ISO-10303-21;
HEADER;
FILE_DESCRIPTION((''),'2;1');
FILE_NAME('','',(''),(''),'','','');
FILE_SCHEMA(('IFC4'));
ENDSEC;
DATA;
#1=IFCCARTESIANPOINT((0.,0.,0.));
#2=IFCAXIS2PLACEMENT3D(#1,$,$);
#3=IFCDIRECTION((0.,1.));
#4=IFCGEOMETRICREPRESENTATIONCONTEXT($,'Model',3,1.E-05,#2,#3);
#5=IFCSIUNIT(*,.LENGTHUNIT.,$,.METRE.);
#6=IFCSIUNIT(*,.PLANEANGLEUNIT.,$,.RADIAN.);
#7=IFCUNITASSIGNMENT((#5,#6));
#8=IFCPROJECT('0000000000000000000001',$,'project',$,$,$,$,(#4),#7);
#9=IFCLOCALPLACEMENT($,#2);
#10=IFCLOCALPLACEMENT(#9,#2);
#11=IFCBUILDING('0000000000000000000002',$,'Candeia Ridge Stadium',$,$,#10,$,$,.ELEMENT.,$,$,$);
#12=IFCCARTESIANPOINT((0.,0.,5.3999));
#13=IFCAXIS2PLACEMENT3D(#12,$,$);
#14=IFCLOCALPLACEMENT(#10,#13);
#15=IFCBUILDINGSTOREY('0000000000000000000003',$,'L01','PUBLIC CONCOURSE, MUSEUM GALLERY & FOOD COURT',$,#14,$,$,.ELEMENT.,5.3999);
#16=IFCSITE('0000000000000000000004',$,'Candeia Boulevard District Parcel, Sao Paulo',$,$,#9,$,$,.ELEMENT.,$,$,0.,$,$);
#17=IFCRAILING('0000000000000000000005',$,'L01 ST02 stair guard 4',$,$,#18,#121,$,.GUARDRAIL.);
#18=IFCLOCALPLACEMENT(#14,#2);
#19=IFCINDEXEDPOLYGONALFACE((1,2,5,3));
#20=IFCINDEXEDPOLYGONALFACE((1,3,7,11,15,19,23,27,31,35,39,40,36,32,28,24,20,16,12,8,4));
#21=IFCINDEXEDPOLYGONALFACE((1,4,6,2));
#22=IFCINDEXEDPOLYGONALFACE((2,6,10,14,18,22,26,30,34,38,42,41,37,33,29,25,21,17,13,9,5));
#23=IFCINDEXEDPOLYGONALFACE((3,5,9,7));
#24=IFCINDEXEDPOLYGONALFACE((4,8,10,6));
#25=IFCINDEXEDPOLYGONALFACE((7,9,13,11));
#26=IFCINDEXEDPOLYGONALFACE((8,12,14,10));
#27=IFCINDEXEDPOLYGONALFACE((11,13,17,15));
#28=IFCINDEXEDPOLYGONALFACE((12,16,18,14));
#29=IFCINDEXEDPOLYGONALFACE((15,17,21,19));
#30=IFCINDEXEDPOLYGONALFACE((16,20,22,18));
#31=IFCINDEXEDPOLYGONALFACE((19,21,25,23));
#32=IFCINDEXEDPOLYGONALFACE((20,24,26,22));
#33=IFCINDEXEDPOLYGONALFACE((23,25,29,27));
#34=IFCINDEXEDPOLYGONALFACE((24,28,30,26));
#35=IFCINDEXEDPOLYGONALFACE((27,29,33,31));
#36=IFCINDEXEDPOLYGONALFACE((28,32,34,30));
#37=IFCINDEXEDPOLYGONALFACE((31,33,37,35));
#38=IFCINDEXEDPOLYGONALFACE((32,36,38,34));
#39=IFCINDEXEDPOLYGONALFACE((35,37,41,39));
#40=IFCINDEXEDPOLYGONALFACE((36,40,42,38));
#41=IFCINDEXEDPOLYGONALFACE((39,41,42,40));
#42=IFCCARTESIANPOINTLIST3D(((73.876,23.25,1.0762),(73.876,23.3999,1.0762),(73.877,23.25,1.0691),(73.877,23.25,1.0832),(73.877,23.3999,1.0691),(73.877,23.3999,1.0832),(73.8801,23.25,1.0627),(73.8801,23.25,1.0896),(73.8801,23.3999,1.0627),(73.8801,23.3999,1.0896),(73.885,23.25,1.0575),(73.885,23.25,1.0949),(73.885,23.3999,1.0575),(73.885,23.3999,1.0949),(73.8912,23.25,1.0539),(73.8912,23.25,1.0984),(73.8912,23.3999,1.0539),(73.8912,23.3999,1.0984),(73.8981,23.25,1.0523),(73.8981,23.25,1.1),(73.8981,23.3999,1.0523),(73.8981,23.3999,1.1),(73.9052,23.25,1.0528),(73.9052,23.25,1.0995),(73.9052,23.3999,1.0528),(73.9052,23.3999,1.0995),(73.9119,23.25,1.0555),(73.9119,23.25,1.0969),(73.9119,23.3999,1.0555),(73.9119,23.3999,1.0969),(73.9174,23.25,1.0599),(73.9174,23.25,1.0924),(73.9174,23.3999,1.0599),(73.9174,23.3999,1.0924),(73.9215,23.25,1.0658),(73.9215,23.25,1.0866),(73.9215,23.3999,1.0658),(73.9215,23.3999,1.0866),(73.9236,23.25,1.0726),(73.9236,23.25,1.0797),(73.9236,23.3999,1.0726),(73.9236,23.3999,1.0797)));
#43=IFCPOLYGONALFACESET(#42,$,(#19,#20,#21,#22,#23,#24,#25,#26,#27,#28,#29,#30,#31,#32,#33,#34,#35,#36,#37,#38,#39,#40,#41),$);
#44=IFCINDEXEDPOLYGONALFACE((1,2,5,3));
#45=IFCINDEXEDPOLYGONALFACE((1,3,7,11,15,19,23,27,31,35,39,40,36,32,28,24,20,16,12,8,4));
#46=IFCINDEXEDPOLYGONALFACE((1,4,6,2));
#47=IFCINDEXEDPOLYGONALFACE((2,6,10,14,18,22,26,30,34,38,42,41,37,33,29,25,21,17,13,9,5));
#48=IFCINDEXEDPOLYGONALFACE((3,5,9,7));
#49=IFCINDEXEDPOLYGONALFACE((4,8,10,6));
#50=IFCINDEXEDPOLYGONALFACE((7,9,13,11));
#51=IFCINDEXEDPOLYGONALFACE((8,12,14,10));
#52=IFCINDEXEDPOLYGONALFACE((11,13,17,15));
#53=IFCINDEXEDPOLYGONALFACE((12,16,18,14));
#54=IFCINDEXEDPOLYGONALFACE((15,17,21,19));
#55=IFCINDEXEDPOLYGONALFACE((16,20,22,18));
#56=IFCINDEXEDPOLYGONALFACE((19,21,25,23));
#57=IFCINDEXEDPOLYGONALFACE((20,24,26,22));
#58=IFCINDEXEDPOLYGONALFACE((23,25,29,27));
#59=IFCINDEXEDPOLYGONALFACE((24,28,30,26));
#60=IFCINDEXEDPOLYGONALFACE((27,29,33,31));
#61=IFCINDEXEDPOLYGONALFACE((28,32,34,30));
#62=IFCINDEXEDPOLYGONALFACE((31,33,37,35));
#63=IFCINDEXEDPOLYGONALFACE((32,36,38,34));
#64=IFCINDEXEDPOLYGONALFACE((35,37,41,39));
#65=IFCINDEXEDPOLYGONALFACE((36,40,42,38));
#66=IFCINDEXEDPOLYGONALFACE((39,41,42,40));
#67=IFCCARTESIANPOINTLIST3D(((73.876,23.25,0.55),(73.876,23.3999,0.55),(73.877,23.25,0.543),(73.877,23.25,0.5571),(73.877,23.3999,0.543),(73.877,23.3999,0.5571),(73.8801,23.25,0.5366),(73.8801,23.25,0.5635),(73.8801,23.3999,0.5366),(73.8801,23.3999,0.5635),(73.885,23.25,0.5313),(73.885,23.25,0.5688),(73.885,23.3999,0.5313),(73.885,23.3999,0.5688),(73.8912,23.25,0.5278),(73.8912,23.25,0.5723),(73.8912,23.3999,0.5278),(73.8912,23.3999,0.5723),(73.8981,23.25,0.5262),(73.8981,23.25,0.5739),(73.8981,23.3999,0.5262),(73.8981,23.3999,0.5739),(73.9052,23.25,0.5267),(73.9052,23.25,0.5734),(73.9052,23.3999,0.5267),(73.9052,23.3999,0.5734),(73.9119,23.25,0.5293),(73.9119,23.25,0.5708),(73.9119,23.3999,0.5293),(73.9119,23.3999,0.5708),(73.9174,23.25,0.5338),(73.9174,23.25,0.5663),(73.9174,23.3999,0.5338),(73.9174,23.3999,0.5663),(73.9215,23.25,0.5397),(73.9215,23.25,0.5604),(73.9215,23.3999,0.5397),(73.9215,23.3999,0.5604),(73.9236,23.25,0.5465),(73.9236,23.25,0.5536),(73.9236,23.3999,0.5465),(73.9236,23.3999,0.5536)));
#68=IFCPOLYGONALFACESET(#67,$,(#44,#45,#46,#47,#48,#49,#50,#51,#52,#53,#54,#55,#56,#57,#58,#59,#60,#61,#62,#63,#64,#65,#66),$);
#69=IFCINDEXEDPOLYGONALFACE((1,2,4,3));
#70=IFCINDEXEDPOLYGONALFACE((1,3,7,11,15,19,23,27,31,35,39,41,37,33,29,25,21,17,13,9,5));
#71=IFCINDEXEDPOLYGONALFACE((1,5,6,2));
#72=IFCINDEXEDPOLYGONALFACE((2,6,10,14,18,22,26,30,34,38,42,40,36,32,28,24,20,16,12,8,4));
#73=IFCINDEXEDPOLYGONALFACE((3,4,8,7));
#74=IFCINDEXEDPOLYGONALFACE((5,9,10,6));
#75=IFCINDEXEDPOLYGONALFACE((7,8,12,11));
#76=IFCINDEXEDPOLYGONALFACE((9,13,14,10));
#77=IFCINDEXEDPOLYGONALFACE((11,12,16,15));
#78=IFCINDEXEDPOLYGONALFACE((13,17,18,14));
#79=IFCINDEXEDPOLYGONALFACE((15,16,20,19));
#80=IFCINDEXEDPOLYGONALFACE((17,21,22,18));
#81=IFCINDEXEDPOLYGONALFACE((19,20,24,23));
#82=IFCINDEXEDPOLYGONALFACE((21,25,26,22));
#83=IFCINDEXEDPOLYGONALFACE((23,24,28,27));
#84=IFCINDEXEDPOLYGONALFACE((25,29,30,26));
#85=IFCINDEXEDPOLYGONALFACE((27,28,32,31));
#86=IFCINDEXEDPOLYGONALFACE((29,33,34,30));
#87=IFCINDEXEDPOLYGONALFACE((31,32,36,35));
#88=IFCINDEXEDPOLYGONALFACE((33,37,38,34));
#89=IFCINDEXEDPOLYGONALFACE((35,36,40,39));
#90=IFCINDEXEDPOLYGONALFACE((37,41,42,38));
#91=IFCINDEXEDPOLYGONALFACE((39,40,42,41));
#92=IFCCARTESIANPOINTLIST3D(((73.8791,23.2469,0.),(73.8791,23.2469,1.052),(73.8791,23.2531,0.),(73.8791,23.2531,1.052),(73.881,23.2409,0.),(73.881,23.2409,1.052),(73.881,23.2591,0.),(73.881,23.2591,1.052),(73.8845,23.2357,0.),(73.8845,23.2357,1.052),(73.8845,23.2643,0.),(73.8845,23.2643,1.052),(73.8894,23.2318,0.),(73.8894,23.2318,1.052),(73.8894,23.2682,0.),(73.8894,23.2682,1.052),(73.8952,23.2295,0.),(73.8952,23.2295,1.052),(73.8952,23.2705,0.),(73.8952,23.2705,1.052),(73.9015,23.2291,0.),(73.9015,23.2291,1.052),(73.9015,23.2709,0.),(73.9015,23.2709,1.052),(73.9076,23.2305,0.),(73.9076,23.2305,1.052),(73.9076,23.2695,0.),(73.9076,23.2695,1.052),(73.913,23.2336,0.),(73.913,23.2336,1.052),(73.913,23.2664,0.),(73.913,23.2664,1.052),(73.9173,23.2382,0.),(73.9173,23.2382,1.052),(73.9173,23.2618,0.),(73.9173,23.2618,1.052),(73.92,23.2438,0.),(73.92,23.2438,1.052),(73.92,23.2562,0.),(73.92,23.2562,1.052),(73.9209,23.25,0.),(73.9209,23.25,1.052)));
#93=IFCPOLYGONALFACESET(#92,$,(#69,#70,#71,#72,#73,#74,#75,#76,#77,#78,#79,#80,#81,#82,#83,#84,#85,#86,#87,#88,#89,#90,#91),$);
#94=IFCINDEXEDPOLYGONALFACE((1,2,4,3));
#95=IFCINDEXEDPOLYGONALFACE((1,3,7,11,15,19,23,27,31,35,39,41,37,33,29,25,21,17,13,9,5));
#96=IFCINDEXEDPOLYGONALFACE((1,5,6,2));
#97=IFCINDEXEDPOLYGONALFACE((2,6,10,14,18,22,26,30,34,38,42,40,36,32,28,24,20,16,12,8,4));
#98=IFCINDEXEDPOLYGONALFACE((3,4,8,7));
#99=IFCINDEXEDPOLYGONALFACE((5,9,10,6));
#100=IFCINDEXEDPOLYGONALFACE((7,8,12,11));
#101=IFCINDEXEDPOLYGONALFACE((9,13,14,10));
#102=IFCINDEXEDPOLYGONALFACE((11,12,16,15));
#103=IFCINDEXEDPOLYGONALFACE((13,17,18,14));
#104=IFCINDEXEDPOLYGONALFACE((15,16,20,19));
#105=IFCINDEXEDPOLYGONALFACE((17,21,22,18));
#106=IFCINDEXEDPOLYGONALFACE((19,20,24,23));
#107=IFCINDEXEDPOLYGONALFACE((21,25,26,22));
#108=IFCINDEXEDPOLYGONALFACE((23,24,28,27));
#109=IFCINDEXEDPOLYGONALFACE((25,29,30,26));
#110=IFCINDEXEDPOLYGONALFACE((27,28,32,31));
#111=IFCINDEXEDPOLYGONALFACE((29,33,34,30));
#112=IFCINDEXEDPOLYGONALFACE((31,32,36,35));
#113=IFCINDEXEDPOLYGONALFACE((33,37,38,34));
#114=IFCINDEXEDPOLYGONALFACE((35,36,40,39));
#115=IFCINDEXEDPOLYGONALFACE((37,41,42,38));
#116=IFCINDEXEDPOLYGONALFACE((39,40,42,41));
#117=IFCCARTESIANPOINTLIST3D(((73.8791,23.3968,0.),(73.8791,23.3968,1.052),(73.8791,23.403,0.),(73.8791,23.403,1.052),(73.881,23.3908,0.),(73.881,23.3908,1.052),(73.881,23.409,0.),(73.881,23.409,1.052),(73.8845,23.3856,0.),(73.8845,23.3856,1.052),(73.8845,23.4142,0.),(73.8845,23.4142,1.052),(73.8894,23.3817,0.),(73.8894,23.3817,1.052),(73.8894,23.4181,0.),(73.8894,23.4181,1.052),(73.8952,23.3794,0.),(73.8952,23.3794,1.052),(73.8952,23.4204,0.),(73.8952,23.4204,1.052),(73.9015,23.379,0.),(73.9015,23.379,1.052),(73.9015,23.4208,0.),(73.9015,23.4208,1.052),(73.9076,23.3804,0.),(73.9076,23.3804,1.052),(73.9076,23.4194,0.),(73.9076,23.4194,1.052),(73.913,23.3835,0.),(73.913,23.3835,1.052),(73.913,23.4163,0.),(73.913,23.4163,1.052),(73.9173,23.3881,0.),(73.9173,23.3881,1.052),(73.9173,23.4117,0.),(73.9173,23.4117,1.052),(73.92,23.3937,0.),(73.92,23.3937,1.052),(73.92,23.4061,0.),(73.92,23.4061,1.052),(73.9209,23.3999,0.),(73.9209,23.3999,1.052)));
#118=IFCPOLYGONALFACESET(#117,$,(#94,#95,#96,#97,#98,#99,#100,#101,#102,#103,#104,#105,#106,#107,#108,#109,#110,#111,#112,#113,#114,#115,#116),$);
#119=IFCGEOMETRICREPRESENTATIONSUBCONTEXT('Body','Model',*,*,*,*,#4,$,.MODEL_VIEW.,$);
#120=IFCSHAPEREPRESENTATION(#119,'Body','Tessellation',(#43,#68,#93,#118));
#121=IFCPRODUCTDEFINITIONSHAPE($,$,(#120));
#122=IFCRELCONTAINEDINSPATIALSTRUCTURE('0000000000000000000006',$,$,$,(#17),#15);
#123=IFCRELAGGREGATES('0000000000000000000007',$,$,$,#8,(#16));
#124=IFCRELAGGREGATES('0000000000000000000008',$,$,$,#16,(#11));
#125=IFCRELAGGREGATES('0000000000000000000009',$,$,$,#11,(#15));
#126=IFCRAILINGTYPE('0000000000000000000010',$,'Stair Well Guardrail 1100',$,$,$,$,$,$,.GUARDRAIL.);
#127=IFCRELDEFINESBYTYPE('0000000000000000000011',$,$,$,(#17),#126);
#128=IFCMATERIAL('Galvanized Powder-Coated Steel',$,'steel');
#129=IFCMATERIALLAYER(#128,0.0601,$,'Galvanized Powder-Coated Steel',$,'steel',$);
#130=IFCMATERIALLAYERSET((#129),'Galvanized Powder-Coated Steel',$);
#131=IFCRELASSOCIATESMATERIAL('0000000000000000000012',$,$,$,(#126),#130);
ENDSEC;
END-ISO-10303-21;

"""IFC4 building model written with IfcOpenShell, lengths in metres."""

from ifc_helpers import new_model, si_unit, direction, frame, origin, origin_2d, place, context, subcontext, project, spatial, circle, extrude, material, layer, layer_set, type_object, element, save


model = new_model("IFC4")

# Units and contexts
model_context = context("Model", 3, precision=1e-05, world=origin(), true_north=direction((0.0, 1.0)))
body_context = subcontext(model_context, "Body", "Model", "MODEL_VIEW")
ifc_project = project(units=[si_unit("LENGTHUNIT", "METRE"), si_unit("PLANEANGLEUNIT", "RADIAN")], contexts=[model_context])

# Site, building, storey
site_placement = place(None, origin())
site = spatial("IfcSite", under=ifc_project, at=site_placement, Name="Candeia Boulevard District Parcel, Sao Paulo", CompositionType="ELEMENT", RefElevation=0.0)
building_placement = place(site_placement, origin())
building = spatial("IfcBuilding", under=site, at=building_placement, Name="Candeia Ridge Stadium", CompositionType="ELEMENT")
storey_placement = place(building_placement, frame((0.0, 0.0, 5.3999)))
storey = spatial("IfcBuildingStorey", under=building, at=storey_placement, Name="L01", Description="PUBLIC CONCOURSE, MUSEUM GALLERY & FOOD COURT", CompositionType="ELEMENT", Elevation=5.3999)

# Railing
ifc_material_1 = material(Name="Galvanized Powder-Coated Steel", Category="steel")
ifc_layer_1 = layer(ifc_material_1, 0.0601, Name="Galvanized Powder-Coated Steel", Category="steel")
ifc_layer_set_1 = layer_set([ifc_layer_1], Name="Galvanized Powder-Coated Steel")
railing_type_1 = type_object("IfcRailingType", Name="Stair Well Guardrail 1100", PredefinedType="GUARDRAIL", material=ifc_layer_set_1)
railing_1_placement = place(storey_placement, frame((73.8999, 23.25, 0.0)))
element("IfcRailing", 1, at=railing_1_placement, inside=storey, type_object=railing_type_1, Name="L01 ST02 stair guard 4", PredefinedType="GUARDRAIL", context=body_context, shape_type="SweptSolid", body=[
    extrude(circle(Radius=0.0239, at=origin_2d()), frame((0.0, 0.0, 1.0762), z_axis=(0.0, 1.0, 0.0), x_axis=(-1.0, 0.0, 0.0)), (0.0, 0.0, 1.0), 0.1499),
    extrude(circle(Radius=0.0239, at=origin_2d()), frame((0.0, 0.0, 0.55), z_axis=(0.0, 1.0, 0.0), x_axis=(-1.0, 0.0, 0.0)), (0.0, 0.0, 1.0), 0.1499),
    extrude(circle(Radius=0.021, at=origin_2d()), origin(), (0.0, 0.0, 1.0), 1.052),
    extrude(circle(Radius=0.021, at=origin_2d()), frame((0.0, 0.1499, 0.0)), (0.0, 0.0, 1.0), 1.052),
])

save(model, "model.ifc")
